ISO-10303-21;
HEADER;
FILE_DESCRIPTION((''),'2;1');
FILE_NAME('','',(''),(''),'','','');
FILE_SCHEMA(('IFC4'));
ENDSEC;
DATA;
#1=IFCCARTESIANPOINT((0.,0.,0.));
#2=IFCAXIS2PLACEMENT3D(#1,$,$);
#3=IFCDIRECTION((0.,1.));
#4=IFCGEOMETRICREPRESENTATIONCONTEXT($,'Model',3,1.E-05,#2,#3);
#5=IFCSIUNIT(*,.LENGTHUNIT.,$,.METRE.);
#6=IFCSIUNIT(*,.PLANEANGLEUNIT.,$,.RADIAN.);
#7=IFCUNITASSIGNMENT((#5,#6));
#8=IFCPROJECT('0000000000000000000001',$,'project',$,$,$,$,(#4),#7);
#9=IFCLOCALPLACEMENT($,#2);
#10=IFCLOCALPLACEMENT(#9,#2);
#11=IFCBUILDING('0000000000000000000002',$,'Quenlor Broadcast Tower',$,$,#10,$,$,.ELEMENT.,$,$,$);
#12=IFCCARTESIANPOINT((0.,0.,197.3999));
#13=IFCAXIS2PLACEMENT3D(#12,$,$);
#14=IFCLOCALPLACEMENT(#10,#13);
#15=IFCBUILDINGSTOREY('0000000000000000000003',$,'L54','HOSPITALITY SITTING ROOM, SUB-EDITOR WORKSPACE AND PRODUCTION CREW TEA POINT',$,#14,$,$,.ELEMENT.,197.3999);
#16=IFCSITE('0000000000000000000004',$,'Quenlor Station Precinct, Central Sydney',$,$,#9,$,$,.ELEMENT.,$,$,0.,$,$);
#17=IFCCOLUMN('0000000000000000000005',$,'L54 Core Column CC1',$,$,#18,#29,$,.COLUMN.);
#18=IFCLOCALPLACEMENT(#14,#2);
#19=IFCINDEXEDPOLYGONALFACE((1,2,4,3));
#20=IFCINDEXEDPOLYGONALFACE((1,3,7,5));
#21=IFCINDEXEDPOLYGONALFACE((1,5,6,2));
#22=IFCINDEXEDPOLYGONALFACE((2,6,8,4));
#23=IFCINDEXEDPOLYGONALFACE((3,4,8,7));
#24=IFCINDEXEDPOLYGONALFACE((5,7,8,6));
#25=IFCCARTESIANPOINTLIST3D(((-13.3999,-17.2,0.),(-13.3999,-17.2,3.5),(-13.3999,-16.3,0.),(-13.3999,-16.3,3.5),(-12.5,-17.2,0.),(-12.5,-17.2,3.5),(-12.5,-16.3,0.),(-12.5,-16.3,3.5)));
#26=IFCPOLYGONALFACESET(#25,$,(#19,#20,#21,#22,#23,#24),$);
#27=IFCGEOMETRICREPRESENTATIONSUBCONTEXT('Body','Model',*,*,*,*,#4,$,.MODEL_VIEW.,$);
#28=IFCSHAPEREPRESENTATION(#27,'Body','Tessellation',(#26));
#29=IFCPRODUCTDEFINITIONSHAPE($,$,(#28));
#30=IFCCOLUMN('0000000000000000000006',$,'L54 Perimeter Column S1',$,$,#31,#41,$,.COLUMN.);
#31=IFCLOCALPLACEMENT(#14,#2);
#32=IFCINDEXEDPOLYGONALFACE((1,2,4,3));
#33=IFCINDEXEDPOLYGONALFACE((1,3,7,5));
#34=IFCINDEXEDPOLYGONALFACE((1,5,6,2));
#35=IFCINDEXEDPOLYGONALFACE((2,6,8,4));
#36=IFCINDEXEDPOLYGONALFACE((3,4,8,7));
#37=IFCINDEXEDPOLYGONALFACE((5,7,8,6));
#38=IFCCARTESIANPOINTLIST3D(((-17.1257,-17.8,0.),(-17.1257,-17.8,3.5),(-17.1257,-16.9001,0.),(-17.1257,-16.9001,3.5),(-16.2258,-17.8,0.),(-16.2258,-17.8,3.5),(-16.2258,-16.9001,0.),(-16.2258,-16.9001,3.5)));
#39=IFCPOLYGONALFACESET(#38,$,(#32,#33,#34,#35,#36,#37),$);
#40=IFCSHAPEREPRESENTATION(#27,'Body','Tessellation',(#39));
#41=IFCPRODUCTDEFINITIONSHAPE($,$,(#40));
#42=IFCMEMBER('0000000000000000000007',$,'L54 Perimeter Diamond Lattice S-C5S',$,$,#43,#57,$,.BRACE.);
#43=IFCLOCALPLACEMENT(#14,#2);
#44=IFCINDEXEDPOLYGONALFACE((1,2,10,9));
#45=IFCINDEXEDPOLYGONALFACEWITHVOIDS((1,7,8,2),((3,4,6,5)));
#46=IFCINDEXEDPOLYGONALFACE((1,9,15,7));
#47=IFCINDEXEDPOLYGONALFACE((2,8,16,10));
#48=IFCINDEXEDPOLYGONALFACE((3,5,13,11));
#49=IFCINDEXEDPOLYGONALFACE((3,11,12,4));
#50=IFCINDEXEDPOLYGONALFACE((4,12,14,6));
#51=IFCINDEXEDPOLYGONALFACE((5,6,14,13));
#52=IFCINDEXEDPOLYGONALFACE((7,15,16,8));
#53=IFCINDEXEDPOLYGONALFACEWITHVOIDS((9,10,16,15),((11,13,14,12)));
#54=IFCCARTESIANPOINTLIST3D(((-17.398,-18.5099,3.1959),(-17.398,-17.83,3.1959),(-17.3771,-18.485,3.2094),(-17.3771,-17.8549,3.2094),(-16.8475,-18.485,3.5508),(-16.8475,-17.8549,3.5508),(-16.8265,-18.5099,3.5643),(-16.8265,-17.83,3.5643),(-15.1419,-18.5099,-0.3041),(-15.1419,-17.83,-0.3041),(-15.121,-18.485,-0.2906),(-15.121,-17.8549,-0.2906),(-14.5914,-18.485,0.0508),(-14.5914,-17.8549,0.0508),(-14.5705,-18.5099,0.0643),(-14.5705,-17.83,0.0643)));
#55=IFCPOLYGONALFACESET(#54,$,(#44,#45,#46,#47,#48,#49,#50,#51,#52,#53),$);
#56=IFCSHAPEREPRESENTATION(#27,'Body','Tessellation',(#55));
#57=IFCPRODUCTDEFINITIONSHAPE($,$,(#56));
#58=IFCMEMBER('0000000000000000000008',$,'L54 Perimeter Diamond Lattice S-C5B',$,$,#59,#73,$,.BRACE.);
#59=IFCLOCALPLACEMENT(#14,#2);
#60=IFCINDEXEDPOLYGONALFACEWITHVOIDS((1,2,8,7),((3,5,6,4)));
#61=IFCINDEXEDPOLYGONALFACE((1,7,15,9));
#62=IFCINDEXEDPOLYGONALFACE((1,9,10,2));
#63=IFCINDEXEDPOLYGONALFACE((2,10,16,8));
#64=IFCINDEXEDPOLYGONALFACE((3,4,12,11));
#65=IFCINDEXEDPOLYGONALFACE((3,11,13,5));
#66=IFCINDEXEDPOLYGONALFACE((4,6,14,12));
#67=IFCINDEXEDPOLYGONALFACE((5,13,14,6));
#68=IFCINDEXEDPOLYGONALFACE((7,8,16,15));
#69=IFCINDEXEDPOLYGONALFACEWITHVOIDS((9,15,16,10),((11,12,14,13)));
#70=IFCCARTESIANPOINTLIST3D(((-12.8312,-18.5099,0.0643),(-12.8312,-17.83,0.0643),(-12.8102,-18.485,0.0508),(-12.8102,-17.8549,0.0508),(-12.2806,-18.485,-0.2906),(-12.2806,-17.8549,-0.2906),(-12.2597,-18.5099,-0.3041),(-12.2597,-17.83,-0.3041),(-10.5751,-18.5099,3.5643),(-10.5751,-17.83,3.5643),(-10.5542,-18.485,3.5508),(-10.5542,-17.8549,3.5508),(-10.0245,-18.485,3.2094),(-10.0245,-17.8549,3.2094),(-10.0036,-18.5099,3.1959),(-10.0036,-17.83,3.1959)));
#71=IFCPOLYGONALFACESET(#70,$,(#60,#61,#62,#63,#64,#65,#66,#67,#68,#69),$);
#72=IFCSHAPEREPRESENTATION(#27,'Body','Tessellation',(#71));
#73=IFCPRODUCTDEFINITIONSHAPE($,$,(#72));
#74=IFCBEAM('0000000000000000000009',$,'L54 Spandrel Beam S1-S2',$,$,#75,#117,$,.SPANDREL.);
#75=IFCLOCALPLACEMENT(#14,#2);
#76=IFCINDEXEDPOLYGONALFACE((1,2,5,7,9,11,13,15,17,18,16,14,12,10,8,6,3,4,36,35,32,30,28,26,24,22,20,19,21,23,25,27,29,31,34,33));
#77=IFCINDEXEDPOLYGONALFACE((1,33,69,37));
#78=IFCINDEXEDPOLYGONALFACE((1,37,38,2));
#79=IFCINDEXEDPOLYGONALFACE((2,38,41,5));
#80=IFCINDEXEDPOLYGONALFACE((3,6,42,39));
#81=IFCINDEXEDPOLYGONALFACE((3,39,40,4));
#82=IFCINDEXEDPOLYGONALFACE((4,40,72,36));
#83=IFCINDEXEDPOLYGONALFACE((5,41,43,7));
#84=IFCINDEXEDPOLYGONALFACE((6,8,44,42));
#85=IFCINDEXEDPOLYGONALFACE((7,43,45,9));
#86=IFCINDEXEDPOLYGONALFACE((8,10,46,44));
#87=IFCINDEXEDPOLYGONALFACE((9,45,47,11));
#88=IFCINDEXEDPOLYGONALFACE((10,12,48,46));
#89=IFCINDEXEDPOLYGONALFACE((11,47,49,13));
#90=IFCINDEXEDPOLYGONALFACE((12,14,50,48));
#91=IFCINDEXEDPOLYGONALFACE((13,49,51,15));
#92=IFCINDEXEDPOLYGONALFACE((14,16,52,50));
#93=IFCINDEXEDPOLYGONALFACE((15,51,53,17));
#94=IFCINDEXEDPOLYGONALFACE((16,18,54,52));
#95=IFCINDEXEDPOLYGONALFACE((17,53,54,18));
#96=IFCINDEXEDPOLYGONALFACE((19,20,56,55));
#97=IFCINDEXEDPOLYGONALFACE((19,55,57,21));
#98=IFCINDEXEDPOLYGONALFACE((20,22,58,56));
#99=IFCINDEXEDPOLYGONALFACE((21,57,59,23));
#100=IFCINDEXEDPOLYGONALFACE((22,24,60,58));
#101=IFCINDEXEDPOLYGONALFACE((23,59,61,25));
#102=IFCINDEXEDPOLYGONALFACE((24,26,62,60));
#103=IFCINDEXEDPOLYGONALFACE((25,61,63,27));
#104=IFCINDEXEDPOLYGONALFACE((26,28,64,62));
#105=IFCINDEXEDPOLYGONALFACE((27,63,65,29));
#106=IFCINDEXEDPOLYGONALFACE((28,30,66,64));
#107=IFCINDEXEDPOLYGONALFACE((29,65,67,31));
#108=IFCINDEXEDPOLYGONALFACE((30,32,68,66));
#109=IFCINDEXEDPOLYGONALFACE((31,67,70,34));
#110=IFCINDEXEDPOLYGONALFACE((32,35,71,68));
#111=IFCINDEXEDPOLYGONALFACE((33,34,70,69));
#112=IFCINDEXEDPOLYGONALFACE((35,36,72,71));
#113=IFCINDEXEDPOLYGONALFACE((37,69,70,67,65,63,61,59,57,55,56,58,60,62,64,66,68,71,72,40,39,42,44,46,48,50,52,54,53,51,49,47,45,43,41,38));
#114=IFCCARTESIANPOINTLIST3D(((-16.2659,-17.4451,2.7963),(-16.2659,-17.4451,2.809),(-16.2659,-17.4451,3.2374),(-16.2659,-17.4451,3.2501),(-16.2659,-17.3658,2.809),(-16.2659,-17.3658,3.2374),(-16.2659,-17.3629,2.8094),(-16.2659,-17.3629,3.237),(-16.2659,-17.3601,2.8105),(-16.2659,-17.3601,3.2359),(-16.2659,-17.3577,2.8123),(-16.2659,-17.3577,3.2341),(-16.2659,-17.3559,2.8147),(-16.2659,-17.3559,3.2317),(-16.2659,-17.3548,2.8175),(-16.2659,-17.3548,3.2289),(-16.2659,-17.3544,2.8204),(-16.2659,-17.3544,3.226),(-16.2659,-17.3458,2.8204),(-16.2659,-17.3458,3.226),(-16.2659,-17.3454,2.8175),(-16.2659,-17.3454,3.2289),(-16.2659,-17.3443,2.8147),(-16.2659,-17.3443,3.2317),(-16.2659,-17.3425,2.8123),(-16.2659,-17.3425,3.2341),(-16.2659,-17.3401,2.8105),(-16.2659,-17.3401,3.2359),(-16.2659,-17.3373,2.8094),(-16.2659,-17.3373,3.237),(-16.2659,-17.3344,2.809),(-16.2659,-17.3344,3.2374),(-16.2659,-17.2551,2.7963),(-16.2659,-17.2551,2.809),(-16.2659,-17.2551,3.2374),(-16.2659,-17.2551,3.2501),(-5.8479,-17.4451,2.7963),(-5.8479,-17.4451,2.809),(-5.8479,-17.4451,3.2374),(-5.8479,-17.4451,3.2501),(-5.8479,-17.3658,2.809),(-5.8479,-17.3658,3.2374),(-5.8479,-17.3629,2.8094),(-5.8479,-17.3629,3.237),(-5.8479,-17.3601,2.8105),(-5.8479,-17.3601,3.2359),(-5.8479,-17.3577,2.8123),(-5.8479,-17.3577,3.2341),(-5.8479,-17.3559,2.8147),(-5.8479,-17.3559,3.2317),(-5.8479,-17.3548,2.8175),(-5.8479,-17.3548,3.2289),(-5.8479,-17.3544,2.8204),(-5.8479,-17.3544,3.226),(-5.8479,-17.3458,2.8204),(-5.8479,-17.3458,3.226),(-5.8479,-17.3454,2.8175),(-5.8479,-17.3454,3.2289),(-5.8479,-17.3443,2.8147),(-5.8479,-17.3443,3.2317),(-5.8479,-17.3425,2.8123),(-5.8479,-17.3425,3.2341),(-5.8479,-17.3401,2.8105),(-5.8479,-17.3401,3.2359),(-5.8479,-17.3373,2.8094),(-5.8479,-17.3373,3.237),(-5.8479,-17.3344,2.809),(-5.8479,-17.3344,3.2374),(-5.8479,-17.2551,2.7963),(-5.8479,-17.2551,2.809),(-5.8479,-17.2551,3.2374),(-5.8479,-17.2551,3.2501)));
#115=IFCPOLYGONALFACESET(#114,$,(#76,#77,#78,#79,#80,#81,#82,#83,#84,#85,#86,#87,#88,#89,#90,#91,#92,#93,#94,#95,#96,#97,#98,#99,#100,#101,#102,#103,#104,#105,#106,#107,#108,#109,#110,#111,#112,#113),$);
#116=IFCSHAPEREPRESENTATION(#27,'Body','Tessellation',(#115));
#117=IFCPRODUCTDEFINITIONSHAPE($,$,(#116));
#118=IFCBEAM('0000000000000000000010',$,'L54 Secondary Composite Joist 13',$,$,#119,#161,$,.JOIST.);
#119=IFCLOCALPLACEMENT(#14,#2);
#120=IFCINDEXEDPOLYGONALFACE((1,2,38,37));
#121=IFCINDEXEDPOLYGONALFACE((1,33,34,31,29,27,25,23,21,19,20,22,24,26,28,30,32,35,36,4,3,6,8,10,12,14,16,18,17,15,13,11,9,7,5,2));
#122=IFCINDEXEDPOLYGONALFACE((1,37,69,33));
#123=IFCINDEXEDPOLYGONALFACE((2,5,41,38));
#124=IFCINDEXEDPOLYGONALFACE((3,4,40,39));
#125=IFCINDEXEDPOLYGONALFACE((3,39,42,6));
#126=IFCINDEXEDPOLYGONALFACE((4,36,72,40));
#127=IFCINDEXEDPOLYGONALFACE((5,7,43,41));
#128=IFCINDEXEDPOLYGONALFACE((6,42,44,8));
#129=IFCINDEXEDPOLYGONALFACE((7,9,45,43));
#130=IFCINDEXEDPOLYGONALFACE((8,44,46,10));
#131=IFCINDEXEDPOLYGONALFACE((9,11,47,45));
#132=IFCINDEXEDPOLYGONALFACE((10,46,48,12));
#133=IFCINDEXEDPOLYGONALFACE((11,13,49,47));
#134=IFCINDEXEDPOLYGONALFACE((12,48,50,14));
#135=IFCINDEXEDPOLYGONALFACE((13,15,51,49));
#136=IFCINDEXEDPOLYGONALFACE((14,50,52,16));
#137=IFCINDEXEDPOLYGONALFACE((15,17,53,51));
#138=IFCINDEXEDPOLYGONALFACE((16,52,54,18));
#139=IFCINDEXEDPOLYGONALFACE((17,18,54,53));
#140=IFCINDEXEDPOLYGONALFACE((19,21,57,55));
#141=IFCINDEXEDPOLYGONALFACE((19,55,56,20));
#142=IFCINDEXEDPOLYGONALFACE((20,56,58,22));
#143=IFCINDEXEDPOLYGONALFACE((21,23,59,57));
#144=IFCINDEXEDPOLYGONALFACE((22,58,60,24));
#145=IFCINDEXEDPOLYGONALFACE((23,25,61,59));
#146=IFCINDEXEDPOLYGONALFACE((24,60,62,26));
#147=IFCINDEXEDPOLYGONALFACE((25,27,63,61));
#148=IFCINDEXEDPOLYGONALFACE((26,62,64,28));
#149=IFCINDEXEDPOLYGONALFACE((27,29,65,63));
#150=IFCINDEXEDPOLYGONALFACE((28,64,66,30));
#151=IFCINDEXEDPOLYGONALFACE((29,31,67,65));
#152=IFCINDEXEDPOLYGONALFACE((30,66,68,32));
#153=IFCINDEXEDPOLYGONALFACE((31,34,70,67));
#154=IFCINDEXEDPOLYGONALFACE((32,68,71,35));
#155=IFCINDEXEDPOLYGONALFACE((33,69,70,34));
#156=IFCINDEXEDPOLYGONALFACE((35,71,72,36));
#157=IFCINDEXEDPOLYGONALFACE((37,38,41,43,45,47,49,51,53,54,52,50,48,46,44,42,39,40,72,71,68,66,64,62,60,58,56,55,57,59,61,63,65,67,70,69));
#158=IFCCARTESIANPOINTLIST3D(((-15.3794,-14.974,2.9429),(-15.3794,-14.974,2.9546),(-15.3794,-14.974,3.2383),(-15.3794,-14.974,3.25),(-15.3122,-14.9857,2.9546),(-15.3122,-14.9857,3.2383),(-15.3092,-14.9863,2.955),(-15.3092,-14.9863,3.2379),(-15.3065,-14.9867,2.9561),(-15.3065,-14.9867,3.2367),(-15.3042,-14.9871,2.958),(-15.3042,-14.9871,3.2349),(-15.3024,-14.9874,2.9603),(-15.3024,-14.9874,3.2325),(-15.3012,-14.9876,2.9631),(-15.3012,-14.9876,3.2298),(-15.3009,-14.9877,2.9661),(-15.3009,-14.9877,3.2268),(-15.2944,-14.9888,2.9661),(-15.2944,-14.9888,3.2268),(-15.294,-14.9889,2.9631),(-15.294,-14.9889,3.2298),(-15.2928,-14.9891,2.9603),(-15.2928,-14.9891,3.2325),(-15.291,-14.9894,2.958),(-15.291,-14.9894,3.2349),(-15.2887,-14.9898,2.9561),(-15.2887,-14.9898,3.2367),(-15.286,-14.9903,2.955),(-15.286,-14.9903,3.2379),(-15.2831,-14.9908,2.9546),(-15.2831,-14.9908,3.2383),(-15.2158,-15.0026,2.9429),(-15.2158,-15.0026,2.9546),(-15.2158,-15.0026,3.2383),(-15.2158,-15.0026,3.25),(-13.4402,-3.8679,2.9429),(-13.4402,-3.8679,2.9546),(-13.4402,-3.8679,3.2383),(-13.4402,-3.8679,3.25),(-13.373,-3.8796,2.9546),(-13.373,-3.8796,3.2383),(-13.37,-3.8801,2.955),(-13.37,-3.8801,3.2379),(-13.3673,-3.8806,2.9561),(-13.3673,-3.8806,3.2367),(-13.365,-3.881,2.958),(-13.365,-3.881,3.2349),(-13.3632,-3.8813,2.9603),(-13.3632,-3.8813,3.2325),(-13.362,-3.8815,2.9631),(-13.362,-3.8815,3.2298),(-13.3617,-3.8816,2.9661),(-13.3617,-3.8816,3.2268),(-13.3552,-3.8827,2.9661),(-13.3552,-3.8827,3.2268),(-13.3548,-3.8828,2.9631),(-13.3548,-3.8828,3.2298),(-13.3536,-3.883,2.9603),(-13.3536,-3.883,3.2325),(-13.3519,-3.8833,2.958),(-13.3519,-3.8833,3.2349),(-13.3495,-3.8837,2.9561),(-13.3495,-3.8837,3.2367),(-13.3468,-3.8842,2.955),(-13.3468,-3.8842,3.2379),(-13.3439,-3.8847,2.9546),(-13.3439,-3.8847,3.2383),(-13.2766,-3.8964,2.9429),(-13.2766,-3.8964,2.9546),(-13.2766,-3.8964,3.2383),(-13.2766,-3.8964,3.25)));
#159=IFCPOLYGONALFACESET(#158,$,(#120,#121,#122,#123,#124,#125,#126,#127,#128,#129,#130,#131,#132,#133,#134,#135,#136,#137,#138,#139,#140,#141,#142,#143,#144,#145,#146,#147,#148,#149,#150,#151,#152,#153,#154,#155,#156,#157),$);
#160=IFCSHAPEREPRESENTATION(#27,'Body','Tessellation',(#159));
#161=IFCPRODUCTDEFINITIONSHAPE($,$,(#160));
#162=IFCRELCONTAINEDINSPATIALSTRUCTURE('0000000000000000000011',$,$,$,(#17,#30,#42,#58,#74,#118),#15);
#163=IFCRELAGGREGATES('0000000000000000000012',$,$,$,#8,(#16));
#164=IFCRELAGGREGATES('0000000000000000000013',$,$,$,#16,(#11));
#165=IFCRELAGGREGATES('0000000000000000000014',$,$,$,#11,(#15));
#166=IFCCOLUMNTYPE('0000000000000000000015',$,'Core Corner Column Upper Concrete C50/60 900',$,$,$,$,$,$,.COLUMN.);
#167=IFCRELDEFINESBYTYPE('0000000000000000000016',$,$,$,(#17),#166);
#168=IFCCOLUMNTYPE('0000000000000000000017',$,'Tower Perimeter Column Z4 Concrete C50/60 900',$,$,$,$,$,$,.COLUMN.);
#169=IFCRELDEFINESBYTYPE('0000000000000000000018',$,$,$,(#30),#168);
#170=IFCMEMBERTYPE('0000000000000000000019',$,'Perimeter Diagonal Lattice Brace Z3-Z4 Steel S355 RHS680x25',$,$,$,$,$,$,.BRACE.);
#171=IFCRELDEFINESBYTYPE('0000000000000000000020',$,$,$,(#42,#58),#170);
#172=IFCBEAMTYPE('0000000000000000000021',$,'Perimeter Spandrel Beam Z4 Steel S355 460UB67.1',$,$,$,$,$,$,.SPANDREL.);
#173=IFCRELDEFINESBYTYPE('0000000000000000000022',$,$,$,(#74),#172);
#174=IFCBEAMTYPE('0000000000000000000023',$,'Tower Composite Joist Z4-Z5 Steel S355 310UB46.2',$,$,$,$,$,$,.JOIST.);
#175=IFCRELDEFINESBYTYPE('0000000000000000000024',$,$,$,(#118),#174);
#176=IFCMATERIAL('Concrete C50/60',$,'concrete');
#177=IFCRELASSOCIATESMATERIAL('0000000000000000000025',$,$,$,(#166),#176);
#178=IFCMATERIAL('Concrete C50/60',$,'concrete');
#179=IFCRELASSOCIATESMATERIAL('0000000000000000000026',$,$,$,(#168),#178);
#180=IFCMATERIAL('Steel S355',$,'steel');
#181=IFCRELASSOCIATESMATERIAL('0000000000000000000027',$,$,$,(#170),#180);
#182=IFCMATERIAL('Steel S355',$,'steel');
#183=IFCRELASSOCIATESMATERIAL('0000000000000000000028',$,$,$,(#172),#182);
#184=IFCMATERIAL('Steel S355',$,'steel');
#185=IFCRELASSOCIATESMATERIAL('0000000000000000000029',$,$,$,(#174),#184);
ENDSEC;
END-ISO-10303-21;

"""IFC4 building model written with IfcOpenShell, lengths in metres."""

from ifc_helpers import new_model, si_unit, direction, frame, origin, origin_2d, place, context, subcontext, project, spatial, rectangle, hollow_rectangle, i_section, extrude, material, material_profile, profile_set, type_object, element, save


model = new_model("IFC4")

# Units and contexts
model_context = context("Model", 3, precision=1e-05, world=origin(), true_north=direction((0.0, 1.0)))
body_context = subcontext(model_context, "Body", "Model", "MODEL_VIEW")
ifc_project = project(units=[si_unit("LENGTHUNIT", "METRE"), si_unit("PLANEANGLEUNIT", "RADIAN")], contexts=[model_context])

# Site, building, storey
site_placement = place(None, origin())
site = spatial("IfcSite", under=ifc_project, at=site_placement, Name="Quenlor Station Precinct, Central Sydney", CompositionType="ELEMENT", RefElevation=0.0)
building_placement = place(site_placement, origin())
building = spatial("IfcBuilding", under=site, at=building_placement, Name="Quenlor Broadcast Tower", CompositionType="ELEMENT")
storey_placement = place(building_placement, frame((0.0, 0.0, 197.3999)))
storey = spatial("IfcBuildingStorey", under=building, at=storey_placement, Name="L54", Description="HOSPITALITY SITTING ROOM, SUB-EDITOR WORKSPACE AND PRODUCTION CREW TEA POINT", CompositionType="ELEMENT", Elevation=197.3999)

# Columns
ifc_material_1 = material(Name="Concrete C50/60", Category="concrete")
ifc_material_profile_1 = material_profile(ifc_material_1, rectangle(XDim=0.8999, YDim=0.8999, at=origin_2d()))
ifc_profile_set_1 = profile_set([ifc_material_profile_1], Name="Concrete C50/60 RC900x900")
column_type_1 = type_object("IfcColumnType", Name="Core Corner Column Upper Concrete C50/60 900", PredefinedType="COLUMN", material=ifc_profile_set_1)
column_1_placement = place(storey_placement, frame((-12.95, -16.75, 0.0), z_axis=(0.0, 0.0, 1.0), x_axis=(1.0, 0.0, 0.0)))
element("IfcColumn", 1, at=column_1_placement, inside=storey, type_object=column_type_1, Name="L54 Core Column CC1", PredefinedType="COLUMN", context=body_context, shape_type="SweptSolid", body=[
    extrude(rectangle(XDim=0.8999, YDim=0.8999, at=origin_2d()), origin(), (0.0, 0.0, 1.0), 3.5),
])
ifc_material_2 = material(Name="Concrete C50/60", Category="concrete")
ifc_material_profile_2 = material_profile(ifc_material_2, rectangle(XDim=0.8999, YDim=0.8999, at=origin_2d()))
ifc_profile_set_2 = profile_set([ifc_material_profile_2], Name="Concrete C50/60 RC900x900")
column_type_2 = type_object("IfcColumnType", Name="Tower Perimeter Column Z4 Concrete C50/60 900", PredefinedType="COLUMN", material=ifc_profile_set_2)
column_2_placement = place(storey_placement, frame((-16.6758, -17.3501, 0.0), z_axis=(0.0, 0.0, 1.0), x_axis=(0.0, 1.0, 0.0)))
element("IfcColumn", 2, at=column_2_placement, inside=storey, type_object=column_type_2, Name="L54 Perimeter Column S1", PredefinedType="COLUMN", context=body_context, shape_type="SweptSolid", body=[
    extrude(rectangle(XDim=0.8999, YDim=0.8999, at=origin_2d()), origin(), (0.0, 0.0, 1.0), 3.5),
])

# Members
ifc_material_3 = material(Name="Steel S355", Category="steel")
ifc_material_profile_3 = material_profile(ifc_material_3, hollow_rectangle(XDim=0.6799, YDim=0.6799, WallThickness=0.0249, at=origin_2d()))
ifc_profile_set_3 = profile_set([ifc_material_profile_3], Name="Steel S355 RHS680x680x25")
member_type = type_object("IfcMemberType", Name="Perimeter Diagonal Lattice Brace Z3-Z4 Steel S355 RHS680x25", PredefinedType="BRACE", material=ifc_profile_set_3)
for number, where, z_axis, x_axis, name in (
    (3, (-14.8562, -18.1699, -0.1199), (-0.541794, 0.0, 0.840511), (0.0, -1.0, 0.0), "L54 Perimeter Diamond Lattice S-C5S"),
    (4, (-12.5454, -18.1699, -0.1199), (0.541794, 0.0, 0.840511), (0.0, 1.0, 0.0), "L54 Perimeter Diamond Lattice S-C5B"),
):
    element("IfcMember", number, at=place(storey_placement, frame(where, z_axis=z_axis, x_axis=x_axis)), inside=storey, type_object=member_type, Name=name, PredefinedType="BRACE", context=body_context, shape_type="SweptSolid", body=[
        extrude(hollow_rectangle(XDim=0.6799, YDim=0.6799, WallThickness=0.0249, at=origin_2d()), origin(), (0.0, 0.0, 1.0), 4.1641),
    ])

# Beams
ifc_material_4 = material(Name="Steel S355", Category="steel")
ifc_material_profile_4 = material_profile(ifc_material_4, i_section(OverallWidth=0.1899, OverallDepth=0.4539, WebThickness=0.0085, FlangeThickness=0.0127, FilletRadius=0.0115, at=origin_2d()))
ifc_profile_set_4 = profile_set([ifc_material_profile_4], Name="Steel S355 460UB67.1")
beam_type_1 = type_object("IfcBeamType", Name="Perimeter Spandrel Beam Z4 Steel S355 460UB67.1", PredefinedType="SPANDREL", material=ifc_profile_set_4)
beam_1_placement = place(storey_placement, frame((-16.2659, -17.3501, 3.0232), z_axis=(1.0, 0.0, 0.0), x_axis=(0.0, 1.0, 0.0)))
element("IfcBeam", 5, at=beam_1_placement, inside=storey, type_object=beam_type_1, Name="L54 Spandrel Beam S1-S2", PredefinedType="SPANDREL", context=body_context, shape_type="SweptSolid", body=[
    extrude(i_section(OverallWidth=0.1899, OverallDepth=0.4539, WebThickness=0.0085, FlangeThickness=0.0127, FilletRadius=0.0115, at=origin_2d()), origin(), (0.0, 0.0, 1.0), 10.418),
])
ifc_material_5 = material(Name="Steel S355", Category="steel")
ifc_material_profile_5 = material_profile(ifc_material_5, i_section(OverallWidth=0.166, OverallDepth=0.3071, WebThickness=0.0066, FlangeThickness=0.0117, FilletRadius=0.0115, at=origin_2d()))
ifc_profile_set_5 = profile_set([ifc_material_profile_5], Name="Steel S355 310UB46.2")
beam_type_2 = type_object("IfcBeamType", Name="Tower Composite Joist Z4-Z5 Steel S355 310UB46.2", PredefinedType="JOIST", material=ifc_profile_set_5)
beam_2_placement = place(storey_placement, frame((-15.2976, -14.9883, 3.0964), z_axis=(0.172004, 0.985096, 0.0), x_axis=(-0.985096, 0.172004, 0.0)))
element("IfcBeam", 6, at=beam_2_placement, inside=storey, type_object=beam_type_2, Name="L54 Secondary Composite Joist 13", PredefinedType="JOIST", context=body_context, shape_type="SweptSolid", body=[
    extrude(i_section(OverallWidth=0.166, OverallDepth=0.3071, WebThickness=0.0066, FlangeThickness=0.0117, FilletRadius=0.0115, at=origin_2d()), origin(), (0.0, 0.0, 1.0), 11.2742),
])

save(model, "model.ifc")
